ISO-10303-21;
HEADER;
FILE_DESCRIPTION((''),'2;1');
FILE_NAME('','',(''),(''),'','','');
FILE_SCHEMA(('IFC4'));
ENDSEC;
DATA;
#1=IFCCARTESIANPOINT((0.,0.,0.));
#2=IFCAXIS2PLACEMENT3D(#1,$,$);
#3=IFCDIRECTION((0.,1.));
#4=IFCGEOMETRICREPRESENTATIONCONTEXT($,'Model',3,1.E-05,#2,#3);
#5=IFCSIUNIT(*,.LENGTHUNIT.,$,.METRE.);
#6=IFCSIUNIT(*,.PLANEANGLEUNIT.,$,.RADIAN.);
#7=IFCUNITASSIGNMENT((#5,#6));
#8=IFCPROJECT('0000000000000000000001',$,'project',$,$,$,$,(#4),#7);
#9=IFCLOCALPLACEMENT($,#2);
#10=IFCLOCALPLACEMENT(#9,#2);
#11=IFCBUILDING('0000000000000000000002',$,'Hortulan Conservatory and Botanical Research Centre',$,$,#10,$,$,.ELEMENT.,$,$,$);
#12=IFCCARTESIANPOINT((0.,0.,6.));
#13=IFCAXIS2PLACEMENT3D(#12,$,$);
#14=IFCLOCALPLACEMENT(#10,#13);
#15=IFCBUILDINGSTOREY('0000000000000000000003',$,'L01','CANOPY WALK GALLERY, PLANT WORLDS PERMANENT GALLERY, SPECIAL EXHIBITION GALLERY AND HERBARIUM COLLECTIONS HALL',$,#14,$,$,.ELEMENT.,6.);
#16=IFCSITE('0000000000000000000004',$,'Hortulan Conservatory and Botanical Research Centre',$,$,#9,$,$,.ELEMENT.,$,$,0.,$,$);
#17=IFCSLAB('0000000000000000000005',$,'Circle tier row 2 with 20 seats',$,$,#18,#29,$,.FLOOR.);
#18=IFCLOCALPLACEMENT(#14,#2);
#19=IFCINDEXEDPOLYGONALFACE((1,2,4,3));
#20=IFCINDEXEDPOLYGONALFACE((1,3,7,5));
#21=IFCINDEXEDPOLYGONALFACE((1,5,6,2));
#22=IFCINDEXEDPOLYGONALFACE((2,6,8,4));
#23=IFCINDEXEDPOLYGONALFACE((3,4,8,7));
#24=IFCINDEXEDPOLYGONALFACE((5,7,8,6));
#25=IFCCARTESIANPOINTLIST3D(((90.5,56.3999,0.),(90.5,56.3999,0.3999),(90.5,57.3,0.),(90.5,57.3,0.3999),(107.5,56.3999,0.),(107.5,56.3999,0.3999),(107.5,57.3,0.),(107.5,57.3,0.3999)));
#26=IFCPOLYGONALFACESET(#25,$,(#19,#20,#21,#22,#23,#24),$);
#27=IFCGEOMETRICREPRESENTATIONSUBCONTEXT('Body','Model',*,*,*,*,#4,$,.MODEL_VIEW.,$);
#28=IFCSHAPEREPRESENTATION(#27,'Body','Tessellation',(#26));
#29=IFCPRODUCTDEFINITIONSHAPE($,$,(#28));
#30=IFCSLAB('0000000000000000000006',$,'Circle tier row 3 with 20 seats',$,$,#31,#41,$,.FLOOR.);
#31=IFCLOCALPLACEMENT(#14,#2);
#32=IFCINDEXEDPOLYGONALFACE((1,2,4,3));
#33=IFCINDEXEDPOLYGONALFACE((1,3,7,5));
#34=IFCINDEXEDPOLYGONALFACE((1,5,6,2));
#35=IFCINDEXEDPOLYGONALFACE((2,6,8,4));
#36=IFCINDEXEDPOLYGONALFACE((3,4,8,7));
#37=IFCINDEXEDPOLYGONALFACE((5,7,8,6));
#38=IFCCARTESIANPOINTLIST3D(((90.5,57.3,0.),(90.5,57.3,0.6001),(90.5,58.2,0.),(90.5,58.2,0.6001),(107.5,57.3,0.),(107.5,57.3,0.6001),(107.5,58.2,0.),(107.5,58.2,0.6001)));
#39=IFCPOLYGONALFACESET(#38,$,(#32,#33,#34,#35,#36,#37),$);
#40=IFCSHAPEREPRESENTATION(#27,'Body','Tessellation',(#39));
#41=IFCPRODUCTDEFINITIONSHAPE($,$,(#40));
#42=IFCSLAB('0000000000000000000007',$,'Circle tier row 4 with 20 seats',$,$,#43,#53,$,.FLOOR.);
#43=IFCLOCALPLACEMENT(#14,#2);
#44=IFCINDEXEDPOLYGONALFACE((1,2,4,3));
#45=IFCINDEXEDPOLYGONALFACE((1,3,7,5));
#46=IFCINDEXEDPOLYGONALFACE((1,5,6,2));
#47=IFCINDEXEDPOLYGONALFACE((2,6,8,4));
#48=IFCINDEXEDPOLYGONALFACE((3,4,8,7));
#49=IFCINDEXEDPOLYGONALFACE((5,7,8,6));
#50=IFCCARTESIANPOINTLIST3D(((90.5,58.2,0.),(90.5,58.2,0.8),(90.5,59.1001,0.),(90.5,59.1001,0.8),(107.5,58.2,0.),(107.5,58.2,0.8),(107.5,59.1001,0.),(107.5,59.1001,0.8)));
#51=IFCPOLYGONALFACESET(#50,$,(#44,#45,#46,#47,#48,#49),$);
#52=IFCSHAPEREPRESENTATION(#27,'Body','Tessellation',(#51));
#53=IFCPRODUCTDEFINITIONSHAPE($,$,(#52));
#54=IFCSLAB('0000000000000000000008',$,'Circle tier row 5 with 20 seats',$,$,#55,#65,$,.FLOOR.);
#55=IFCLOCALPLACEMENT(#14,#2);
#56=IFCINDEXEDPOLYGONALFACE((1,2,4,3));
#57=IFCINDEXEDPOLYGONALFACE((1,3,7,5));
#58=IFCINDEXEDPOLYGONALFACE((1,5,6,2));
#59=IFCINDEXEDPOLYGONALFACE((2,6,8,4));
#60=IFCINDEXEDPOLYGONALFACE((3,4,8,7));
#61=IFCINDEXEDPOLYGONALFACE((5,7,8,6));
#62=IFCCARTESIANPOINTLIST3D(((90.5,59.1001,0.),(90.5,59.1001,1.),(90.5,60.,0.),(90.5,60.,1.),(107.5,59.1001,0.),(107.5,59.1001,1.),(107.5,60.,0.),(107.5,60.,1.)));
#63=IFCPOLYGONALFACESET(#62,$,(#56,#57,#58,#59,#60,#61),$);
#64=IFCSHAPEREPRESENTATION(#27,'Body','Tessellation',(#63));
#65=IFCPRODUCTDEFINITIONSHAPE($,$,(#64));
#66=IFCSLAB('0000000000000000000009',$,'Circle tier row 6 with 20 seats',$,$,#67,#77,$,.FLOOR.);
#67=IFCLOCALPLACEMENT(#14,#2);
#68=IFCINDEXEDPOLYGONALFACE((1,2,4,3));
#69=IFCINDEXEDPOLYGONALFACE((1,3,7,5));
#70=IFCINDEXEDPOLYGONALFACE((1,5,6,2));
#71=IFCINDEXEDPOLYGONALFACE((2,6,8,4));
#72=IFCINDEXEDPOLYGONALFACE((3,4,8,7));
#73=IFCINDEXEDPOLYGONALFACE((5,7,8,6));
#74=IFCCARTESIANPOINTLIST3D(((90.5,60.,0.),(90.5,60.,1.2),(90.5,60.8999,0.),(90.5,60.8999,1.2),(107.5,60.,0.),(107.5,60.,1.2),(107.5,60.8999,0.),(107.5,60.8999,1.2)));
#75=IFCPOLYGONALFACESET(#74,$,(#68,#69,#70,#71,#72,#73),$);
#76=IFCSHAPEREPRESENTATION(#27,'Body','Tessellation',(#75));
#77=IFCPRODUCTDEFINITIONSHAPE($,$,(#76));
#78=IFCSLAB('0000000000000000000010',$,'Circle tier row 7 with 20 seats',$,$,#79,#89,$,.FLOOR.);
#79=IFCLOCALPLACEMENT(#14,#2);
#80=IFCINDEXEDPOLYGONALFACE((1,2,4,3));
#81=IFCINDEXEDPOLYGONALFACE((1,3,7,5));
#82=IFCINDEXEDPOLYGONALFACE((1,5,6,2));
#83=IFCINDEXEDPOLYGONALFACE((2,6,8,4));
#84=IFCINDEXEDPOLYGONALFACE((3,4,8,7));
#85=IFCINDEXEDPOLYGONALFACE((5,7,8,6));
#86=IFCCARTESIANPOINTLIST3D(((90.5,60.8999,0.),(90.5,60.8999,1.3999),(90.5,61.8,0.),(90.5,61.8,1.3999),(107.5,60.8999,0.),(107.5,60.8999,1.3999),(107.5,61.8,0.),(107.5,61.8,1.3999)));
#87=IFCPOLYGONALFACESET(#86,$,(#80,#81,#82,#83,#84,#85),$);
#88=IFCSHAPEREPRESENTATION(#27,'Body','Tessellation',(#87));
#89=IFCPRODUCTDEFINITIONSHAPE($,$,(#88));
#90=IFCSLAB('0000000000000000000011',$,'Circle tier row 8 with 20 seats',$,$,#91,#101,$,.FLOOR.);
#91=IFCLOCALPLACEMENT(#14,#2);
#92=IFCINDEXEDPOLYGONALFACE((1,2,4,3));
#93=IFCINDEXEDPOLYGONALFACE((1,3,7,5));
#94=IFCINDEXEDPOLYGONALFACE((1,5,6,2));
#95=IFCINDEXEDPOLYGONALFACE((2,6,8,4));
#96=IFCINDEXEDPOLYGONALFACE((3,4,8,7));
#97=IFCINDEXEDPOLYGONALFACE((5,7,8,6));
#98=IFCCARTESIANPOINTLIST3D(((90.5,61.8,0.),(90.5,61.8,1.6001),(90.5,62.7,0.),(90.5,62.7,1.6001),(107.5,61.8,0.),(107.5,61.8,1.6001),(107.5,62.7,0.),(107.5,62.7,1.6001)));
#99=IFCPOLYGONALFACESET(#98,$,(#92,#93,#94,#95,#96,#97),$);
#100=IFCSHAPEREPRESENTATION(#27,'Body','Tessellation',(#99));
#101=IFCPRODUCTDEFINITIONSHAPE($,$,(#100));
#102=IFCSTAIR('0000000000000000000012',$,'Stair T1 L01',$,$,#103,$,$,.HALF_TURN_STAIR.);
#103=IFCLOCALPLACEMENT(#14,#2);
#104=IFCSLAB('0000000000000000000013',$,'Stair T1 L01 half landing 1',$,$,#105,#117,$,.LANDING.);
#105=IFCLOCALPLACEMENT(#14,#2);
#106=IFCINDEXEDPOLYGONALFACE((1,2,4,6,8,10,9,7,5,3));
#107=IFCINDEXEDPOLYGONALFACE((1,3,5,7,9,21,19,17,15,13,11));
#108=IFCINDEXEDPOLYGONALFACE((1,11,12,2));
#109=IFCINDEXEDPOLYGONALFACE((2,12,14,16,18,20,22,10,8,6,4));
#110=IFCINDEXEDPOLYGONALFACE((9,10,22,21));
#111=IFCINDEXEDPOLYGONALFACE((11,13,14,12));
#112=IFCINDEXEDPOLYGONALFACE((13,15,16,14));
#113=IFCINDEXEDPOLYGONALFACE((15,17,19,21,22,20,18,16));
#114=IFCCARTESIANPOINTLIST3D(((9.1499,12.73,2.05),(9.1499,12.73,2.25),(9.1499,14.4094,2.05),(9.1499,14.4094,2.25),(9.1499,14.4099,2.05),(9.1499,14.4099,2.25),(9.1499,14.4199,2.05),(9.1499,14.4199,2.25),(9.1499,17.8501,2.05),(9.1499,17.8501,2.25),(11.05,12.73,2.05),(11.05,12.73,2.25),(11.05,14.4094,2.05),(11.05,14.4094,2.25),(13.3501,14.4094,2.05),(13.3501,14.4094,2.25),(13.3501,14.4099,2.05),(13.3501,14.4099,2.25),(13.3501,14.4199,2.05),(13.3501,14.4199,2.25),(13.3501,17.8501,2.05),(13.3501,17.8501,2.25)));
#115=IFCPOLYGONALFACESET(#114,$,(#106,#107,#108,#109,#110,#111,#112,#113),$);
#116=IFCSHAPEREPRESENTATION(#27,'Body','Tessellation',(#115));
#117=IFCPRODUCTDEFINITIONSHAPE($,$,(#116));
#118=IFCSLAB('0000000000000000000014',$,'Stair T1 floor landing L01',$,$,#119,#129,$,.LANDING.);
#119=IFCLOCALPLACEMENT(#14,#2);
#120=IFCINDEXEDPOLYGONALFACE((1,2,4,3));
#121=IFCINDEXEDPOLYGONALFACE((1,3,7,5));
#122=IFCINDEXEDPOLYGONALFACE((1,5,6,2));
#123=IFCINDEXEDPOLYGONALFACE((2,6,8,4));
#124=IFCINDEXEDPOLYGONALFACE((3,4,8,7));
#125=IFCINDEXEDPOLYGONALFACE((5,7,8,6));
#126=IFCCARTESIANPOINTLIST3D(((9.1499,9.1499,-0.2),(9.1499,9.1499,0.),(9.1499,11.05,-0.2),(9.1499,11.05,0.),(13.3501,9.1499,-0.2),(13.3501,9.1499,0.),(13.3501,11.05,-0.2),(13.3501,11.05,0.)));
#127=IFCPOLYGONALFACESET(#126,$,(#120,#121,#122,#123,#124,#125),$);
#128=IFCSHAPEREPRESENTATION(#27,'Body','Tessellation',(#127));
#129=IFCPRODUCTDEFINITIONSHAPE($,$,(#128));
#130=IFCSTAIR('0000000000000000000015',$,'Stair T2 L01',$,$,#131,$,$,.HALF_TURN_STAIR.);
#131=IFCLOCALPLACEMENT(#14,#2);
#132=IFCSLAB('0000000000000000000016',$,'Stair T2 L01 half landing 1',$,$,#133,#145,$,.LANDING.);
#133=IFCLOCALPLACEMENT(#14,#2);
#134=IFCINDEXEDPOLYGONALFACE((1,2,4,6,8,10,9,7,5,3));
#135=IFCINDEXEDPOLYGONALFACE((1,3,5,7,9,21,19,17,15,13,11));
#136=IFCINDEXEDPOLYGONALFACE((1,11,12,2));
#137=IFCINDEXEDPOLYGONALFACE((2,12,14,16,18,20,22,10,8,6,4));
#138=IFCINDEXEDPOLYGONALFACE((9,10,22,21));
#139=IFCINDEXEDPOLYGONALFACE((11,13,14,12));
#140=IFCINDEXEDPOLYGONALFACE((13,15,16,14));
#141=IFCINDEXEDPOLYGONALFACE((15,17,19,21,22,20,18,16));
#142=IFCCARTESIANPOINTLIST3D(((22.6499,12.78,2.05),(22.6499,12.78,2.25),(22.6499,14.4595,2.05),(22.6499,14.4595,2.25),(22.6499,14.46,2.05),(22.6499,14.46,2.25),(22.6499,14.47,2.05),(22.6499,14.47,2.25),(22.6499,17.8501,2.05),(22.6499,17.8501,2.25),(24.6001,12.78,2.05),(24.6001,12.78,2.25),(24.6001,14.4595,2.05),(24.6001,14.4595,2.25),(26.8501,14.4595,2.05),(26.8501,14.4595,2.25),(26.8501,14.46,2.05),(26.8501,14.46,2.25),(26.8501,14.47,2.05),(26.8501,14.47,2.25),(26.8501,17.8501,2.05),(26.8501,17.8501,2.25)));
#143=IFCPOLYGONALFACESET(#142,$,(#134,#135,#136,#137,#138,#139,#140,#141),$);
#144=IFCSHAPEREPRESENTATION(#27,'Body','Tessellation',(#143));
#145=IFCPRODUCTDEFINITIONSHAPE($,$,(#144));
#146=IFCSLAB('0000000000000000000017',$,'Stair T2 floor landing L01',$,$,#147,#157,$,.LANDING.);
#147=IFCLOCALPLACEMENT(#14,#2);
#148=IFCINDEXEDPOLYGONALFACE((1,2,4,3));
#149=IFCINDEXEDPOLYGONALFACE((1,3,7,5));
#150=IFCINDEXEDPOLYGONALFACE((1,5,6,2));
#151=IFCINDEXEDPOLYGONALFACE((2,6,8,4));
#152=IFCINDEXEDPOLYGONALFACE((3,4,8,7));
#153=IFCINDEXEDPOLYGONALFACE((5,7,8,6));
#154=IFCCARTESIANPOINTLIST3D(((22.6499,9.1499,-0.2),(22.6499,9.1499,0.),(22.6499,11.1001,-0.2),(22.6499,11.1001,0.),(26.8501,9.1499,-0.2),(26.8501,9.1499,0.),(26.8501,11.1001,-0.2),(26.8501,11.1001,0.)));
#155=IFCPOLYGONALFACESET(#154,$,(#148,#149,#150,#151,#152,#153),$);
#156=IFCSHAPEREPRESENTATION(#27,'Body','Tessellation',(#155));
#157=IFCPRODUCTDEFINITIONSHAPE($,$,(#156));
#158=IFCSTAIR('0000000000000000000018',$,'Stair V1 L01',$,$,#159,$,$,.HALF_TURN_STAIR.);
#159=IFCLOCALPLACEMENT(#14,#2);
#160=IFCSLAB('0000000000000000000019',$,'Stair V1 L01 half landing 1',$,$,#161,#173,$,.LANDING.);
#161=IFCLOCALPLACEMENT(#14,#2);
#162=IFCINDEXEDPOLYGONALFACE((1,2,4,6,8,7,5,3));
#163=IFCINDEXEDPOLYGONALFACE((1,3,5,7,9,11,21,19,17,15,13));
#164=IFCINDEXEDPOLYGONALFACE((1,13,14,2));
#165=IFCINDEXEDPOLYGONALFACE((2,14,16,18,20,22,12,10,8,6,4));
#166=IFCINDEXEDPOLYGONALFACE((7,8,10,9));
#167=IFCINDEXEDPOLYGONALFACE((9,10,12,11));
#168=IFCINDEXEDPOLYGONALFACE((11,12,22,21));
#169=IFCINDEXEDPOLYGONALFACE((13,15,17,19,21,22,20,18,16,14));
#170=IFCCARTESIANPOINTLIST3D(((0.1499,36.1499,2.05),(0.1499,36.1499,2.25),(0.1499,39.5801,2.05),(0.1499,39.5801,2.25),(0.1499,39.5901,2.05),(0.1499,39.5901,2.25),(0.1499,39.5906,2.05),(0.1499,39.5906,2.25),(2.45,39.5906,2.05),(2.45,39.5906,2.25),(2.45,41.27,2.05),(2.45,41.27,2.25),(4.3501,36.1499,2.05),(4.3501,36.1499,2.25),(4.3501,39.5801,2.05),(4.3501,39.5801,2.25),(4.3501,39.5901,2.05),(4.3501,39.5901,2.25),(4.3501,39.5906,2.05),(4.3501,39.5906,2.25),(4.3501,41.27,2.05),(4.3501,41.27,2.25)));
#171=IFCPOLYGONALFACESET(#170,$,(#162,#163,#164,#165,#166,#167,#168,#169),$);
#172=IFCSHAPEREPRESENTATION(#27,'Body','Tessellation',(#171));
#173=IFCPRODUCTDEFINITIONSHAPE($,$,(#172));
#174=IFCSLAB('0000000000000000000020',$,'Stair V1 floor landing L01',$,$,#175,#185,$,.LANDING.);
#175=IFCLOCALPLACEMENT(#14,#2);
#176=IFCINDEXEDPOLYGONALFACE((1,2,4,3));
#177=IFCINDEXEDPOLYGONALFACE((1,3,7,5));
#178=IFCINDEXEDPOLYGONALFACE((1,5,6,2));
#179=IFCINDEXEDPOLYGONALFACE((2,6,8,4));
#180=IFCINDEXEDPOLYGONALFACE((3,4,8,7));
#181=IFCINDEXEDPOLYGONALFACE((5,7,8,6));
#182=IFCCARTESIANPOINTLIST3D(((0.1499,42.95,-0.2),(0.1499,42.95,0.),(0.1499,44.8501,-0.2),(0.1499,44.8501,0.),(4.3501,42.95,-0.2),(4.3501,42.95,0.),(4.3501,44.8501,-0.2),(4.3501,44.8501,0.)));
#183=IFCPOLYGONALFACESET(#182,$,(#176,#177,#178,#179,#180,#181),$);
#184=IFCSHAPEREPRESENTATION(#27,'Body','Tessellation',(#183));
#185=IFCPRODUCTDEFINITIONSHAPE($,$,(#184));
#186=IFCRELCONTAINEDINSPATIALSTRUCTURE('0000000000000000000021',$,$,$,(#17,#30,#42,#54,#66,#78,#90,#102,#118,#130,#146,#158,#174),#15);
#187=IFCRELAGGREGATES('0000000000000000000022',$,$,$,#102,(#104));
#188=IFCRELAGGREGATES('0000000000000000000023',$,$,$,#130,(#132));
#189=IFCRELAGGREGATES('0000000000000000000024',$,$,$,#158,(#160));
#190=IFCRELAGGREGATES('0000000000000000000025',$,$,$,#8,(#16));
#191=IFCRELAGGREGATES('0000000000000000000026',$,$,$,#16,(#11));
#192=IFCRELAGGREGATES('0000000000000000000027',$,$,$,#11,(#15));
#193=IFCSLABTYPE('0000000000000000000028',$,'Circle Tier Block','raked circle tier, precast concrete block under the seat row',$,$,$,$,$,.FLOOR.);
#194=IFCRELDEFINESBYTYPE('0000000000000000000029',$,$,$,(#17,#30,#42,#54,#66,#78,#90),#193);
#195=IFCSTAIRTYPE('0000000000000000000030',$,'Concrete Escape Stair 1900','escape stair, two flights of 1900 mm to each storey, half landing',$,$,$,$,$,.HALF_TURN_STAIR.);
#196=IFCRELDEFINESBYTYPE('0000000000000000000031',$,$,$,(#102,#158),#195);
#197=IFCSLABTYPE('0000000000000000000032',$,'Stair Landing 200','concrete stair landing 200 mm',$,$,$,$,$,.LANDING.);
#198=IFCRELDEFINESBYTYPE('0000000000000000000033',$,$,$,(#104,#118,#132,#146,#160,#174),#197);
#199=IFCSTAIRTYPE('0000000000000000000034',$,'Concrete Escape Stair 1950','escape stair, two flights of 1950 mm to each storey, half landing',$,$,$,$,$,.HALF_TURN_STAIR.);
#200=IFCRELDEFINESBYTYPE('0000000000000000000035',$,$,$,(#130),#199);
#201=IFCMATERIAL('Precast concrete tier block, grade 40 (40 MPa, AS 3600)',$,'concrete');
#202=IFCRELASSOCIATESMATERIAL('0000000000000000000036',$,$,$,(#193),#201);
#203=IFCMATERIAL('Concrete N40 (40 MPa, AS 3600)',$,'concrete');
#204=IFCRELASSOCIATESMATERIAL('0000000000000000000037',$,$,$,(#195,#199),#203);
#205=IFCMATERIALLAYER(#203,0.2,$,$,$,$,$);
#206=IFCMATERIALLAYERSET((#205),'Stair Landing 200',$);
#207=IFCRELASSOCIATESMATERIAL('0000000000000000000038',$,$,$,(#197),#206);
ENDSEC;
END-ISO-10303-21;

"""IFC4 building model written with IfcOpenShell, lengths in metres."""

from ifc_helpers import new_model, si_unit, direction, frame, origin, place, context, subcontext, project, spatial, polyline, outline, extrude, material, layer, layer_set, type_object, element, aggregate, save


model = new_model("IFC4")

# Units and contexts
model_context = context("Model", 3, precision=1e-05, world=origin(), true_north=direction((0.0, 1.0)))
body_context = subcontext(model_context, "Body", "Model", "MODEL_VIEW")
ifc_project = project(units=[si_unit("LENGTHUNIT", "METRE"), si_unit("PLANEANGLEUNIT", "RADIAN")], contexts=[model_context])

# Site, building, storey
site_placement = place(None, origin())
site = spatial("IfcSite", under=ifc_project, at=site_placement, Name="Hortulan Conservatory and Botanical Research Centre", CompositionType="ELEMENT", RefElevation=0.0)
building_placement = place(site_placement, origin())
building = spatial("IfcBuilding", under=site, at=building_placement, Name="Hortulan Conservatory and Botanical Research Centre", CompositionType="ELEMENT")
storey_placement = place(building_placement, frame((0.0, 0.0, 6.0)))
storey = spatial("IfcBuildingStorey", under=building, at=storey_placement, Name="L01", Description="CANOPY WALK GALLERY, PLANT WORLDS PERMANENT GALLERY, SPECIAL EXHIBITION GALLERY AND HERBARIUM COLLECTIONS HALL", CompositionType="ELEMENT", Elevation=6.0)

# Slabs
ifc_material_1 = material(Name="Precast concrete tier block, grade 40 (40 MPa, AS 3600)", Category="concrete")
slab_type_1 = type_object("IfcSlabType", Name="Circle Tier Block", Description="raked circle tier, precast concrete block under the seat row", PredefinedType="FLOOR", material=ifc_material_1)
slab_1_placement = place(storey_placement, origin())
element("IfcSlab", 1, at=slab_1_placement, inside=storey, type_object=slab_type_1, Name="Circle tier row 2 with 20 seats", PredefinedType="FLOOR", context=body_context, shape_type="SweptSolid", body=[
    extrude(outline(polyline([(90.5, 56.3999), (107.5, 56.3999), (107.5, 57.3), (90.5, 57.3), (90.5, 56.3999)])), origin(), (0.0, 0.0, 1.0), 0.3999),
])
slab_2_placement = place(storey_placement, origin())
element("IfcSlab", 2, at=slab_2_placement, inside=storey, type_object=slab_type_1, Name="Circle tier row 3 with 20 seats", PredefinedType="FLOOR", context=body_context, shape_type="SweptSolid", body=[
    extrude(outline(polyline([(90.5, 57.3), (107.5, 57.3), (107.5, 58.2), (90.5, 58.2), (90.5, 57.3)])), origin(), (0.0, 0.0, 1.0), 0.6001),
])
slab_3_placement = place(storey_placement, origin())
element("IfcSlab", 3, at=slab_3_placement, inside=storey, type_object=slab_type_1, Name="Circle tier row 4 with 20 seats", PredefinedType="FLOOR", context=body_context, shape_type="SweptSolid", body=[
    extrude(outline(polyline([(90.5, 58.2), (107.5, 58.2), (107.5, 59.1001), (90.5, 59.1001), (90.5, 58.2)])), origin(), (0.0, 0.0, 1.0), 0.8),
])
slab_4_placement = place(storey_placement, origin())
element("IfcSlab", 4, at=slab_4_placement, inside=storey, type_object=slab_type_1, Name="Circle tier row 5 with 20 seats", PredefinedType="FLOOR", context=body_context, shape_type="SweptSolid", body=[
    extrude(outline(polyline([(90.5, 59.1001), (107.5, 59.1001), (107.5, 60.0), (90.5, 60.0), (90.5, 59.1001)])), origin(), (0.0, 0.0, 1.0), 1.0),
])
slab_5_placement = place(storey_placement, origin())
element("IfcSlab", 5, at=slab_5_placement, inside=storey, type_object=slab_type_1, Name="Circle tier row 6 with 20 seats", PredefinedType="FLOOR", context=body_context, shape_type="SweptSolid", body=[
    extrude(outline(polyline([(90.5, 60.0), (107.5, 60.0), (107.5, 60.8999), (90.5, 60.8999), (90.5, 60.0)])), origin(), (0.0, 0.0, 1.0), 1.2),
])
slab_6_placement = place(storey_placement, origin())
element("IfcSlab", 6, at=slab_6_placement, inside=storey, type_object=slab_type_1, Name="Circle tier row 7 with 20 seats", PredefinedType="FLOOR", context=body_context, shape_type="SweptSolid", body=[
    extrude(outline(polyline([(90.5, 60.8999), (107.5, 60.8999), (107.5, 61.8), (90.5, 61.8), (90.5, 60.8999)])), origin(), (0.0, 0.0, 1.0), 1.3999),
])
slab_7_placement = place(storey_placement, origin())
element("IfcSlab", 7, at=slab_7_placement, inside=storey, type_object=slab_type_1, Name="Circle tier row 8 with 20 seats", PredefinedType="FLOOR", context=body_context, shape_type="SweptSolid", body=[
    extrude(outline(polyline([(90.5, 61.8), (107.5, 61.8), (107.5, 62.7), (90.5, 62.7), (90.5, 61.8)])), origin(), (0.0, 0.0, 1.0), 1.6001),
])

# Stair, slab
ifc_material_2 = material(Name="Concrete N40 (40 MPa, AS 3600)", Category="concrete")
stair_type_1 = type_object("IfcStairType", Name="Concrete Escape Stair 1900", Description="escape stair, two flights of 1900 mm to each storey, half landing", PredefinedType="HALF_TURN_STAIR", material=ifc_material_2)
stair_1_placement = place(storey_placement, origin())
stair_1 = element("IfcStair", 8, at=stair_1_placement, inside=storey, type_object=stair_type_1, Name="Stair T1 L01", PredefinedType="HALF_TURN_STAIR")
ifc_layer_1 = layer(ifc_material_2, 0.2)
ifc_layer_set_1 = layer_set([ifc_layer_1], Name="Stair Landing 200")
slab_type_2 = type_object("IfcSlabType", Name="Stair Landing 200", Description="concrete stair landing 200 mm", PredefinedType="LANDING", material=ifc_layer_set_1)
slab_8_placement = place(storey_placement, frame((0.0, 0.0, 2.05)))
slab_8 = element("IfcSlab", 9, at=slab_8_placement, type_object=slab_type_2, Name="Stair T1 L01 half landing 1", PredefinedType="LANDING", context=body_context, shape_type="SweptSolid", body=[
    extrude(outline(polyline([(13.3501, 14.4094), (11.05, 14.4094), (11.05, 12.73), (9.1499, 12.73), (9.1499, 14.4094), (9.1499, 14.4099), (9.1499, 14.4199), (9.1499, 17.8501), (13.3501, 17.8501), (13.3501, 14.4199), (13.3501, 14.4099), (13.3501, 14.4094)])), origin(), (0.0, 0.0, 1.0), 0.2),
])
aggregate(stair_1, [slab_8])

# Slab
slab_9_placement = place(storey_placement, frame((0.0, 0.0, -0.2)))
element("IfcSlab", 10, at=slab_9_placement, inside=storey, type_object=slab_type_2, Name="Stair T1 floor landing L01", PredefinedType="LANDING", context=body_context, shape_type="SweptSolid", body=[
    extrude(outline(polyline([(13.3501, 9.1499), (9.1499, 9.1499), (9.1499, 11.05), (13.3501, 11.05), (13.3501, 9.1499)])), origin(), (0.0, 0.0, 1.0), 0.2),
])

# Stair, slab
stair_type_2 = type_object("IfcStairType", Name="Concrete Escape Stair 1950", Description="escape stair, two flights of 1950 mm to each storey, half landing", PredefinedType="HALF_TURN_STAIR", material=ifc_material_2)
stair_2_placement = place(storey_placement, origin())
stair_2 = element("IfcStair", 11, at=stair_2_placement, inside=storey, type_object=stair_type_2, Name="Stair T2 L01", PredefinedType="HALF_TURN_STAIR")
slab_10_placement = place(storey_placement, frame((0.0, 0.0, 2.05)))
slab_10 = element("IfcSlab", 12, at=slab_10_placement, type_object=slab_type_2, Name="Stair T2 L01 half landing 1", PredefinedType="LANDING", context=body_context, shape_type="SweptSolid", body=[
    extrude(outline(polyline([(26.8501, 14.4595), (24.6001, 14.4595), (24.6001, 12.78), (22.6499, 12.78), (22.6499, 14.4595), (22.6499, 14.46), (22.6499, 14.47), (22.6499, 17.8501), (26.8501, 17.8501), (26.8501, 14.47), (26.8501, 14.46), (26.8501, 14.4595)])), origin(), (0.0, 0.0, 1.0), 0.2),
])
aggregate(stair_2, [slab_10])

# Slab
slab_11_placement = place(storey_placement, frame((0.0, 0.0, -0.2)))
element("IfcSlab", 13, at=slab_11_placement, inside=storey, type_object=slab_type_2, Name="Stair T2 floor landing L01", PredefinedType="LANDING", context=body_context, shape_type="SweptSolid", body=[
    extrude(outline(polyline([(26.8501, 9.1499), (22.6499, 9.1499), (22.6499, 11.1001), (26.8501, 11.1001), (26.8501, 9.1499)])), origin(), (0.0, 0.0, 1.0), 0.2),
])

# Stair, slab
stair_3_placement = place(storey_placement, origin())
stair_3 = element("IfcStair", 14, at=stair_3_placement, inside=storey, type_object=stair_type_1, Name="Stair V1 L01", PredefinedType="HALF_TURN_STAIR")
slab_12_placement = place(storey_placement, frame((0.0, 0.0, 2.05)))
slab_12 = element("IfcSlab", 15, at=slab_12_placement, type_object=slab_type_2, Name="Stair V1 L01 half landing 1", PredefinedType="LANDING", context=body_context, shape_type="SweptSolid", body=[
    extrude(outline(polyline([(0.1499, 39.5906), (2.45, 39.5906), (2.45, 41.27), (4.3501, 41.27), (4.3501, 39.5906), (4.3501, 39.5901), (4.3501, 39.5801), (4.3501, 36.1499), (0.1499, 36.1499), (0.1499, 39.5801), (0.1499, 39.5901), (0.1499, 39.5906)])), origin(), (0.0, 0.0, 1.0), 0.2),
])
aggregate(stair_3, [slab_12])

# Slab
slab_13_placement = place(storey_placement, frame((0.0, 0.0, -0.2)))
element("IfcSlab", 16, at=slab_13_placement, inside=storey, type_object=slab_type_2, Name="Stair V1 floor landing L01", PredefinedType="LANDING", context=body_context, shape_type="SweptSolid", body=[
    extrude(outline(polyline([(0.1499, 44.8501), (4.3501, 44.8501), (4.3501, 42.95), (0.1499, 42.95), (0.1499, 44.8501)])), origin(), (0.0, 0.0, 1.0), 0.2),
])

save(model, "model.ifc")
